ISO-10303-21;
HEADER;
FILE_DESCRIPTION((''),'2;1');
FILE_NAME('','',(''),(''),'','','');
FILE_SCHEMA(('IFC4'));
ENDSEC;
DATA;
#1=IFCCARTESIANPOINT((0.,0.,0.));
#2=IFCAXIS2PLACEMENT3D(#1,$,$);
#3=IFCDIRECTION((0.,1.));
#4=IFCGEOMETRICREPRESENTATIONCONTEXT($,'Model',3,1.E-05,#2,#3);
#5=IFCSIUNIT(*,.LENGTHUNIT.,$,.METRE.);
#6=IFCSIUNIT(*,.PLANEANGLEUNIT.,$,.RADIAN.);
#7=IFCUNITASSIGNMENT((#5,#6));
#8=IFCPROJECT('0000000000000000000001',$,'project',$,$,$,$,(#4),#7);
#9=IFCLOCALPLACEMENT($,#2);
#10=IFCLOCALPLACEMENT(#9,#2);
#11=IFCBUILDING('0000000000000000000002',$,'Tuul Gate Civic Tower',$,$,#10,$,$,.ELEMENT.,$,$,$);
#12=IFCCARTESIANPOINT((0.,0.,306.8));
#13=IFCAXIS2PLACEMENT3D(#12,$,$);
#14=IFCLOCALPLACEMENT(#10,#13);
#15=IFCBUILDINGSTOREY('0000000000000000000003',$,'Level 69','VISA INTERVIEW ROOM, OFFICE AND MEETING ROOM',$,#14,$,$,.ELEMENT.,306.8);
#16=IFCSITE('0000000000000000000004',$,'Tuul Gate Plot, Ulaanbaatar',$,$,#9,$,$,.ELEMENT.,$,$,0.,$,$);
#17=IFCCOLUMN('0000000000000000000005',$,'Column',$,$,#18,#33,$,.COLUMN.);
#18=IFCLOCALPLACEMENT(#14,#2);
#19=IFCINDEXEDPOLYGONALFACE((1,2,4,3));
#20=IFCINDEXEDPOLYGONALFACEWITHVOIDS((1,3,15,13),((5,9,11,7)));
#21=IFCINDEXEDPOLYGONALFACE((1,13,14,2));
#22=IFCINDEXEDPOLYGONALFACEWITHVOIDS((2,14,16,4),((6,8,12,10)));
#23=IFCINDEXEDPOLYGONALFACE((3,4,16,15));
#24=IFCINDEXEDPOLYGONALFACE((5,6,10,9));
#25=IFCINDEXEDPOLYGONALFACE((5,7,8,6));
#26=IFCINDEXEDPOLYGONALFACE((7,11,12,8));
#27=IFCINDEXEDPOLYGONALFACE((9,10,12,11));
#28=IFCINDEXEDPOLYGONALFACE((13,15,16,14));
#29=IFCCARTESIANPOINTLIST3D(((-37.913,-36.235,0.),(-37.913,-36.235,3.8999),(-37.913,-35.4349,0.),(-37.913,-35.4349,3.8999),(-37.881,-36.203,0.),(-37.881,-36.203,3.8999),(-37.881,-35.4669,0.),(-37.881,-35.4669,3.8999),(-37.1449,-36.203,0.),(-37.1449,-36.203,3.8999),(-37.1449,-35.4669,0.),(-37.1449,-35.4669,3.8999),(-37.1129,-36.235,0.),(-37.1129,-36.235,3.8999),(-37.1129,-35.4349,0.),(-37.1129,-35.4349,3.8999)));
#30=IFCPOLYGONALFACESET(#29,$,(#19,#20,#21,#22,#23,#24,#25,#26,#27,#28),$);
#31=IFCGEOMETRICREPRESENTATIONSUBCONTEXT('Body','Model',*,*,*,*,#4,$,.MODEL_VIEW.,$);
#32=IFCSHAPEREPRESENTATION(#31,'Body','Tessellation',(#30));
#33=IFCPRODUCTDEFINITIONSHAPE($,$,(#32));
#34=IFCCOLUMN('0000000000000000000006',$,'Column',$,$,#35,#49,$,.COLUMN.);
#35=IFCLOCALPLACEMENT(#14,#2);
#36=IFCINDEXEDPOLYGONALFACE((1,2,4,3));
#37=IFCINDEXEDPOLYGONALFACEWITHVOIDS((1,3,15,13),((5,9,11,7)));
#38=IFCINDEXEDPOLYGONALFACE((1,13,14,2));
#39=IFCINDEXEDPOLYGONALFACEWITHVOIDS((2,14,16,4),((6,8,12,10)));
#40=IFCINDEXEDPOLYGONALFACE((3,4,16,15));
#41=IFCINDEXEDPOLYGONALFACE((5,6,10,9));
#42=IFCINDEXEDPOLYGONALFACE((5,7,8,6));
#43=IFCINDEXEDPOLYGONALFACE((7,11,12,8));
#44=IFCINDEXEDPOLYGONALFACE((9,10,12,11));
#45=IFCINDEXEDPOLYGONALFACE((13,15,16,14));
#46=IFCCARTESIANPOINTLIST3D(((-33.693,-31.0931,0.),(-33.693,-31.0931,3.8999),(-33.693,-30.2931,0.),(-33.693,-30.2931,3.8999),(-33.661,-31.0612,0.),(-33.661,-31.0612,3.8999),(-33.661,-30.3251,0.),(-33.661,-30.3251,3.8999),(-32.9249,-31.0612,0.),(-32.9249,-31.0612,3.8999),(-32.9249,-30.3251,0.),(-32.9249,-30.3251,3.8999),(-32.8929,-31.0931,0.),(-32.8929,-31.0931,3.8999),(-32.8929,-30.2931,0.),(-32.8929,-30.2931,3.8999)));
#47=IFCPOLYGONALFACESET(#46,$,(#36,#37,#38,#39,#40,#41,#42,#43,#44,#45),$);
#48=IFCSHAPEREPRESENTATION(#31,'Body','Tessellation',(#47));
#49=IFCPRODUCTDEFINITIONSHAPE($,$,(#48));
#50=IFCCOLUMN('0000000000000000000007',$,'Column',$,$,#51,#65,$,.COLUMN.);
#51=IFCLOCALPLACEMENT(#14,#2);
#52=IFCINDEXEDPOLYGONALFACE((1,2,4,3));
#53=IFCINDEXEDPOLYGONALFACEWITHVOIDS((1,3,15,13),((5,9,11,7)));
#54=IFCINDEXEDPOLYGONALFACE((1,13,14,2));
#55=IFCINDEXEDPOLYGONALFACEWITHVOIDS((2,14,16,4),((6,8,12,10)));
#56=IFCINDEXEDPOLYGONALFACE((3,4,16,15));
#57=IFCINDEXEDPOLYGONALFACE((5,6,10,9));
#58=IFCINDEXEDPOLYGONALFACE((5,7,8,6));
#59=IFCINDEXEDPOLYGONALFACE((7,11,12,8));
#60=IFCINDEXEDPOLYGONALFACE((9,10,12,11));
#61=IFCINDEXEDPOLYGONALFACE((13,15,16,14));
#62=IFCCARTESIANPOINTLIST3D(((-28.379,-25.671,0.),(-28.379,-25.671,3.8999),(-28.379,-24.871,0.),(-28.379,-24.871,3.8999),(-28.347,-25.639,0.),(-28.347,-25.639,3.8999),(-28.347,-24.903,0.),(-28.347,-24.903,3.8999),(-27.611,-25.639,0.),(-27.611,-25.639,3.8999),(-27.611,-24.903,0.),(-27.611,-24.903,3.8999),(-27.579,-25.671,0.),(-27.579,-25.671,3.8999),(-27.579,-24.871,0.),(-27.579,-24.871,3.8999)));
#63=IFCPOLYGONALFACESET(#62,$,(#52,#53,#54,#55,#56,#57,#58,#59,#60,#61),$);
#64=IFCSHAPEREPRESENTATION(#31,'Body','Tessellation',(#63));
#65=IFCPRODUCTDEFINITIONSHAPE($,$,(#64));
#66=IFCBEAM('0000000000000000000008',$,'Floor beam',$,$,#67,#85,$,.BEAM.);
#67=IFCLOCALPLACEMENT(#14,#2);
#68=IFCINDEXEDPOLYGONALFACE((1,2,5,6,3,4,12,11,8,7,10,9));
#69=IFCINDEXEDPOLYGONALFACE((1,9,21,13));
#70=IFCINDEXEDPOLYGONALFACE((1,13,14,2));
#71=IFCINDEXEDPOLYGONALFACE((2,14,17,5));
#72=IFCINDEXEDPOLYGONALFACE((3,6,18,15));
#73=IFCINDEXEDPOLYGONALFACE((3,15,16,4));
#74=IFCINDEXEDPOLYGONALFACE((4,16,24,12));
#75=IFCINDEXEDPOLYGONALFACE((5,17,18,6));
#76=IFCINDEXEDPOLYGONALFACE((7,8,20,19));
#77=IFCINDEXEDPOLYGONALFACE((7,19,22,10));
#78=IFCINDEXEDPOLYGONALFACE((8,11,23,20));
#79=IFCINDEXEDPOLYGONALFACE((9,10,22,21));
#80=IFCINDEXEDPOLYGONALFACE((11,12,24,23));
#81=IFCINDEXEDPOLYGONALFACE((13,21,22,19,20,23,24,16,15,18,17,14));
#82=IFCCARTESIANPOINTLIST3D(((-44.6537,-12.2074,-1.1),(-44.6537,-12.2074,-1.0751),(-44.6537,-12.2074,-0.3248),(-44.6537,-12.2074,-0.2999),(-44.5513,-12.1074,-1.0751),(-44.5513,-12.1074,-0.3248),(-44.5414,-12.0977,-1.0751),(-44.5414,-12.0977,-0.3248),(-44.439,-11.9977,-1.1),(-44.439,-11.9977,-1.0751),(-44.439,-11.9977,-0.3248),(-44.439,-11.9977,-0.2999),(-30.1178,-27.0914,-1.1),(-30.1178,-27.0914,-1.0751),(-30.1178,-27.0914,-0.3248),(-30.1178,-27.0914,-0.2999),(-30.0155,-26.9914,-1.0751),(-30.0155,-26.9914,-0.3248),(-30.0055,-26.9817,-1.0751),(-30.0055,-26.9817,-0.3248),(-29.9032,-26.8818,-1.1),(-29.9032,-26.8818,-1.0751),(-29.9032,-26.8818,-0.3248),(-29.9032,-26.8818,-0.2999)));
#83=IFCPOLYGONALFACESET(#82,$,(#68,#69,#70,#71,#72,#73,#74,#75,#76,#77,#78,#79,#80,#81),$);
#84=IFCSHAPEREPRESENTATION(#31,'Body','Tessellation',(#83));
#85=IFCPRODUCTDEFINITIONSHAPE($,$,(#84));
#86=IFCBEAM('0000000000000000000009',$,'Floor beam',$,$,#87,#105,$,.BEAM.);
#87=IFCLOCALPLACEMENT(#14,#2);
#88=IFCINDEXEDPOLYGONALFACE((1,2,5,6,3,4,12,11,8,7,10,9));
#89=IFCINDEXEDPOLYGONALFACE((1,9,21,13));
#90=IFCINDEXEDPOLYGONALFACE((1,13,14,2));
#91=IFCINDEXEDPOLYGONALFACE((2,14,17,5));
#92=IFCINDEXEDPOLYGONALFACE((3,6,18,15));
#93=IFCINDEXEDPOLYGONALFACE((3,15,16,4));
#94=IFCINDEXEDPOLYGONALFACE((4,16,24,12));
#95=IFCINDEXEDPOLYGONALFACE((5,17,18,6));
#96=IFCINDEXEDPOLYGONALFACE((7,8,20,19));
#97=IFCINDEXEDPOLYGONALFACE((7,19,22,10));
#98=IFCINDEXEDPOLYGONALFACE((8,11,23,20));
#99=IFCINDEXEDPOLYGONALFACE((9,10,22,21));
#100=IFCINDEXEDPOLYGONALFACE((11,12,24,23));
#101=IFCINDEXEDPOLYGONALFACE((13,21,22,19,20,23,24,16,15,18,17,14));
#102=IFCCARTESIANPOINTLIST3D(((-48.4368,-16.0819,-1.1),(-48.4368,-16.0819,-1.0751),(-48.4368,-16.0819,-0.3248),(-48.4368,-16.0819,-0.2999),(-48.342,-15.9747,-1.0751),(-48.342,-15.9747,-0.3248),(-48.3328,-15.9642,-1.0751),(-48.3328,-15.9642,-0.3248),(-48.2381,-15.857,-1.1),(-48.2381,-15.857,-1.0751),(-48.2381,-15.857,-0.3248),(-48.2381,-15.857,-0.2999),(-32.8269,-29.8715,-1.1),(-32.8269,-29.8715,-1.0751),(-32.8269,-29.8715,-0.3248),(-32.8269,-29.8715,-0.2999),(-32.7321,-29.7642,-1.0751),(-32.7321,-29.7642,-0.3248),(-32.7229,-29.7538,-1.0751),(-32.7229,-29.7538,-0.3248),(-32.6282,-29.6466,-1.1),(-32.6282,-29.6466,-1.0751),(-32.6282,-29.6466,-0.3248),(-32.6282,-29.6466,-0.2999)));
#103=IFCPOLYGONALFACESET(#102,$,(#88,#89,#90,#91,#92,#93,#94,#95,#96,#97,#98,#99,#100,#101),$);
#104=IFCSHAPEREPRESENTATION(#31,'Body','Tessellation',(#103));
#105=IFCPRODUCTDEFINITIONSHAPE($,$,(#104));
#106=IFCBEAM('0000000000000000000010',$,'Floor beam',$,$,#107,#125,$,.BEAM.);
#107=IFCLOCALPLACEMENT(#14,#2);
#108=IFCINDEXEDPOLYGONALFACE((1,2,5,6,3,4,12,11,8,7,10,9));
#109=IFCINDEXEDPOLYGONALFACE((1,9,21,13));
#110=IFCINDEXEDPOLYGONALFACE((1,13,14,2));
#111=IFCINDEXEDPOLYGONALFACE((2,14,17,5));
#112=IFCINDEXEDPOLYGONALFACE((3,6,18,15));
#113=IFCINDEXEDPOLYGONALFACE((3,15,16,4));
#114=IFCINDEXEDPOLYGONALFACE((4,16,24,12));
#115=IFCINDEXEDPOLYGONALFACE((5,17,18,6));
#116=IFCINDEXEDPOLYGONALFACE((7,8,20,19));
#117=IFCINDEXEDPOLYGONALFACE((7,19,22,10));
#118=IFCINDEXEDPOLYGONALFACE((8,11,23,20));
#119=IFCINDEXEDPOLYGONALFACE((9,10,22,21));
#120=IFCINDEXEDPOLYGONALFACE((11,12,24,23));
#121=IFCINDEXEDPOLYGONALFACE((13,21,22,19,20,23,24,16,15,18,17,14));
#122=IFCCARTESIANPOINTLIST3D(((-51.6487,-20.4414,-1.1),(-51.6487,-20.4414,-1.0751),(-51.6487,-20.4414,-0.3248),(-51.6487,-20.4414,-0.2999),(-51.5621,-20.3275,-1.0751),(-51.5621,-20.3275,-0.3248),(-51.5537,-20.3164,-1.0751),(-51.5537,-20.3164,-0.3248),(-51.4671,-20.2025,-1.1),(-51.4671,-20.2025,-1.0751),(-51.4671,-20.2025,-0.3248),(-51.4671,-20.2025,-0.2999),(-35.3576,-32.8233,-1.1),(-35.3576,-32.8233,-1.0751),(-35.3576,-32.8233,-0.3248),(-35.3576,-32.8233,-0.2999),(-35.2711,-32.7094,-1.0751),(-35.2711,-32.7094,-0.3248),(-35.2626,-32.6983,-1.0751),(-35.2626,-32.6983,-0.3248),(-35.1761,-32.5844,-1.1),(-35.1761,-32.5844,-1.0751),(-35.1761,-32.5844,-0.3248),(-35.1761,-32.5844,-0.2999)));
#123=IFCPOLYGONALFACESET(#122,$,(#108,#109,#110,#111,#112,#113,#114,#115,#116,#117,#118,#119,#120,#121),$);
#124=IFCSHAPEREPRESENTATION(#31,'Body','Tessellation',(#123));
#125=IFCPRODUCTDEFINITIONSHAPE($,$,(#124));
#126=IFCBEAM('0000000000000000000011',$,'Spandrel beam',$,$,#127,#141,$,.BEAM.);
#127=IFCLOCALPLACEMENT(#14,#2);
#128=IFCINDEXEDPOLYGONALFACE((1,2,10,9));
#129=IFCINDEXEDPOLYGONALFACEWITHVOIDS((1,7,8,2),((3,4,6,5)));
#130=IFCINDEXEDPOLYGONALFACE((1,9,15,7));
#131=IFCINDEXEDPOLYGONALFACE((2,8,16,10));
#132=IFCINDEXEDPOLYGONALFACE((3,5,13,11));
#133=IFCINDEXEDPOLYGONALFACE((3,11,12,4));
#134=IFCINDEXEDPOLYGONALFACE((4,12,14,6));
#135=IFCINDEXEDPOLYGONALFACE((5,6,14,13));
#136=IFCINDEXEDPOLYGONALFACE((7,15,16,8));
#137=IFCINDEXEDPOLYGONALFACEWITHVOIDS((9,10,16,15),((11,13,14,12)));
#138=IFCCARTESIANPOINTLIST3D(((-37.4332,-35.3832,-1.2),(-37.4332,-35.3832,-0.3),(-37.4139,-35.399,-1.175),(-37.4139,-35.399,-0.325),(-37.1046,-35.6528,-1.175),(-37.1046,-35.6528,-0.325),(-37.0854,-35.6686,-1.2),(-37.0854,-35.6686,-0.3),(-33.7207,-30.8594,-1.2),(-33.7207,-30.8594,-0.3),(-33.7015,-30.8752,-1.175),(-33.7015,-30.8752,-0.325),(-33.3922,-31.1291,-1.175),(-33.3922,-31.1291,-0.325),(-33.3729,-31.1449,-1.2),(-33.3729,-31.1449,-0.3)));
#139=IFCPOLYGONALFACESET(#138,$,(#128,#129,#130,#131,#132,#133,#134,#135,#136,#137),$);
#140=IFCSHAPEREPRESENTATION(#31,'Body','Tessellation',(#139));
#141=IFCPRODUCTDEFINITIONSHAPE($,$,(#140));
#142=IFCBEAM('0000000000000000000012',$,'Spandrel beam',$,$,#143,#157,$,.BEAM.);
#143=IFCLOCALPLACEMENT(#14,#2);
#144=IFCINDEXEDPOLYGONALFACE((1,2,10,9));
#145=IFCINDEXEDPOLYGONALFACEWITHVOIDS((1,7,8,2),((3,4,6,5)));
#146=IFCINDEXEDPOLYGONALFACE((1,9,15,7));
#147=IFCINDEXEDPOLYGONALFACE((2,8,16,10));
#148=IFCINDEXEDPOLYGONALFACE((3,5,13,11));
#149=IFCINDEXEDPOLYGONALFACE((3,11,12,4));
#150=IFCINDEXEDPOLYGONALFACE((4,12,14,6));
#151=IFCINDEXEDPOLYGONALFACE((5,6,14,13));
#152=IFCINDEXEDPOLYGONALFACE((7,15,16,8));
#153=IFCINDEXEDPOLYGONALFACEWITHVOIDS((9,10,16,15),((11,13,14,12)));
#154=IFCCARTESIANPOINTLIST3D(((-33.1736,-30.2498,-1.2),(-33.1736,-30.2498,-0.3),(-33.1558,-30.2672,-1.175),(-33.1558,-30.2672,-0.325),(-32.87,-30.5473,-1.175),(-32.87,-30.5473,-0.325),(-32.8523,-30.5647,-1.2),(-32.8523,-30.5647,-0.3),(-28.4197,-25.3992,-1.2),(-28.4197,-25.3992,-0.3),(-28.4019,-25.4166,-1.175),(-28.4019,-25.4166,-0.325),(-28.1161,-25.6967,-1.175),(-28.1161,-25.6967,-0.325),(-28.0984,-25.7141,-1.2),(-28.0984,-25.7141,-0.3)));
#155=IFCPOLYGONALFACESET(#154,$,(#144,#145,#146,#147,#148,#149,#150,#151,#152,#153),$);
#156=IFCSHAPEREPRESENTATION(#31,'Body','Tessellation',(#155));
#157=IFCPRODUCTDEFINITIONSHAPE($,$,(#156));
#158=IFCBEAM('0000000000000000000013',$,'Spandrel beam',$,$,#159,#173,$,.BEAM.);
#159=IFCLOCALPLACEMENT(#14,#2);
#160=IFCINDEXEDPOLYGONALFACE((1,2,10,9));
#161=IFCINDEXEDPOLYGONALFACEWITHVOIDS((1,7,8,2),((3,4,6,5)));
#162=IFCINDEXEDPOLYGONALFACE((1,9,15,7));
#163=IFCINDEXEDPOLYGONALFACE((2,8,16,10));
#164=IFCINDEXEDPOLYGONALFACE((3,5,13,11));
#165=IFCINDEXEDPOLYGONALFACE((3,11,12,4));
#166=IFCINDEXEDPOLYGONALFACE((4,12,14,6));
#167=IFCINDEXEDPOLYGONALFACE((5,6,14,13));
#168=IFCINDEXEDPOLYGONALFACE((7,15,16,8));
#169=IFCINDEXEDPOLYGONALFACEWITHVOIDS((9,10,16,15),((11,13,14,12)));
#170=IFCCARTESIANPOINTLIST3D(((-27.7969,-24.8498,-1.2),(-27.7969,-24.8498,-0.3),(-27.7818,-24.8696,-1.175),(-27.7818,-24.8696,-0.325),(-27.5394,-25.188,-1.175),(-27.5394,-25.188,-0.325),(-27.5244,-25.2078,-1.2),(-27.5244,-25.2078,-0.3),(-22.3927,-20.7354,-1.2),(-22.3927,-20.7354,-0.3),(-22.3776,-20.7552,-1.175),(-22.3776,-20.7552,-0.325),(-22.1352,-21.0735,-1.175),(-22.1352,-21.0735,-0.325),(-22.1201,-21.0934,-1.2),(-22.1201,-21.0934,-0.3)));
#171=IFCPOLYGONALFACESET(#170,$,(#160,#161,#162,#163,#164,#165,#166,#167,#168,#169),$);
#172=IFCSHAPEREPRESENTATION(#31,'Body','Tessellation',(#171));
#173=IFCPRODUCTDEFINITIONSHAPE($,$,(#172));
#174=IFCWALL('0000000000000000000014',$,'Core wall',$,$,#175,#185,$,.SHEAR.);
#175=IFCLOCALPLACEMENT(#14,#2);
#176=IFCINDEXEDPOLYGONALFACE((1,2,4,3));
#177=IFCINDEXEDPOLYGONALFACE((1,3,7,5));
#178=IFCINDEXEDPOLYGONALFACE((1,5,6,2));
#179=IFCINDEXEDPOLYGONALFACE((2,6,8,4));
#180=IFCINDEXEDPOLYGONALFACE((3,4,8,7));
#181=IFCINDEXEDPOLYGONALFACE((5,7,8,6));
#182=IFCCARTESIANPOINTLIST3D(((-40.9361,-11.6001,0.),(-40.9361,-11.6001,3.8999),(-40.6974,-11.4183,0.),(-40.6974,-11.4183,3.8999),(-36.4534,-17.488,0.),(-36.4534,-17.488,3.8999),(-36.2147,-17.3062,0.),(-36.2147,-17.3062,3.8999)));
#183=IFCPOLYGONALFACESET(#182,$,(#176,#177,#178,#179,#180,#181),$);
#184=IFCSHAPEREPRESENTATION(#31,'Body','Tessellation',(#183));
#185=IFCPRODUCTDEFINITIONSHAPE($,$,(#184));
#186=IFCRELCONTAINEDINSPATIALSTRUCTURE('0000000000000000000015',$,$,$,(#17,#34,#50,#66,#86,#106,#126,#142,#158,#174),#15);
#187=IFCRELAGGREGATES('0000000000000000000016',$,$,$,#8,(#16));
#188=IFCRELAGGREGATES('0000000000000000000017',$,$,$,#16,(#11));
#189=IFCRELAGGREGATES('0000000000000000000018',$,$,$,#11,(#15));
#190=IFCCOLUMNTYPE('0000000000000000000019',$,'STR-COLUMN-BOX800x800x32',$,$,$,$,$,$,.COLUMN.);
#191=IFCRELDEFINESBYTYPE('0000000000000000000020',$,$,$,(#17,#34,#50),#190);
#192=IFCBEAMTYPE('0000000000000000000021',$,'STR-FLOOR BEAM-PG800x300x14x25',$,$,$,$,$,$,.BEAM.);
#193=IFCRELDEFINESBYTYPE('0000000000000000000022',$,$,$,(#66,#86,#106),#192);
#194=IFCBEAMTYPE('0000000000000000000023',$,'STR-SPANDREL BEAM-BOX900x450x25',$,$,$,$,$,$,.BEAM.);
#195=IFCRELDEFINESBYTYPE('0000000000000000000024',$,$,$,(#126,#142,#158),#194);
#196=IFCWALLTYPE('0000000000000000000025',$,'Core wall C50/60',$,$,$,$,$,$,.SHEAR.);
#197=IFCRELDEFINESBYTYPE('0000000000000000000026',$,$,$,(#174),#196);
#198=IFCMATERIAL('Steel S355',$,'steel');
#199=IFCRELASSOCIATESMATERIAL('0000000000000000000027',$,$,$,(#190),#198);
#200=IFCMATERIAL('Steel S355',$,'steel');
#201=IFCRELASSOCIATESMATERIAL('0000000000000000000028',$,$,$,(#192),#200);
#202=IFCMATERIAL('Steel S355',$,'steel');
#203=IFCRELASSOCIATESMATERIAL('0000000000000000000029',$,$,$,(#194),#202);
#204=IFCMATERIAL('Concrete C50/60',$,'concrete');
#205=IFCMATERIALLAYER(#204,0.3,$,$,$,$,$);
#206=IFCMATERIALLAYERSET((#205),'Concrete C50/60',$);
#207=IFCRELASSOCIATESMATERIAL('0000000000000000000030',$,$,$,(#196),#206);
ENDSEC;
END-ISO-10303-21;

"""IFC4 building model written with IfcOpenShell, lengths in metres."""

from ifc_helpers import new_model, si_unit, direction, frame, frame_2d, origin, origin_2d, place, context, subcontext, project, spatial, rectangle, hollow_rectangle, i_section, extrude, material, layer, layer_set, material_profile, profile_set, type_object, element, save


model = new_model("IFC4")

# Units and contexts
model_context = context("Model", 3, precision=1e-05, world=origin(), true_north=direction((0.0, 1.0)))
body_context = subcontext(model_context, "Body", "Model", "MODEL_VIEW")
ifc_project = project(units=[si_unit("LENGTHUNIT", "METRE"), si_unit("PLANEANGLEUNIT", "RADIAN")], contexts=[model_context])

# Site, building, storey
site_placement = place(None, origin())
site = spatial("IfcSite", under=ifc_project, at=site_placement, Name="Tuul Gate Plot, Ulaanbaatar", CompositionType="ELEMENT", RefElevation=0.0)
building_placement = place(site_placement, origin())
building = spatial("IfcBuilding", under=site, at=building_placement, Name="Tuul Gate Civic Tower", CompositionType="ELEMENT")
storey_placement = place(building_placement, frame((0.0, 0.0, 306.8)))
storey = spatial("IfcBuildingStorey", under=building, at=storey_placement, Name="Level 69", Description="VISA INTERVIEW ROOM, OFFICE AND MEETING ROOM", CompositionType="ELEMENT", Elevation=306.8)

# Columns
ifc_material_1 = material(Name="Steel S355", Category="steel")
ifc_material_profile_1 = material_profile(ifc_material_1, hollow_rectangle(XDim=0.8, YDim=0.8, WallThickness=0.032, at=origin_2d()), Name="BOX800x800x32")
ifc_profile_set_1 = profile_set([ifc_material_profile_1], Name="Steel S355")
column_type = type_object("IfcColumnType", Name="STR-COLUMN-BOX800x800x32", PredefinedType="COLUMN", material=ifc_profile_set_1)
for number, where, z_axis, x_axis, name in (
    (1, (-37.5129, -35.835, 0.0), (0.0, 0.0, 1.0), (1.0, 0.0, 0.0), "Column"),
    (2, (-33.293, -30.6931, 0.0), (0.0, 0.0, 1.0), (1.0, 0.0, 0.0), "Column"),
    (3, (-27.979, -25.271, 0.0), (0.0, 0.0, 1.0), (1.0, 0.0, 0.0), "Column"),
):
    element("IfcColumn", number, at=place(storey_placement, frame(where, z_axis=z_axis, x_axis=x_axis)), inside=storey, type_object=column_type, Name=name, PredefinedType="COLUMN", context=body_context, shape_type="SweptSolid", body=[
        extrude(hollow_rectangle(XDim=0.8, YDim=0.8, WallThickness=0.032, at=origin_2d()), origin(), (0.0, 0.0, 1.0), 3.8999),
    ])

# Beams
ifc_material_2 = material(Name="Steel S355", Category="steel")
ifc_material_profile_2 = material_profile(ifc_material_2, i_section(OverallWidth=0.3, OverallDepth=0.8, WebThickness=0.0139, FlangeThickness=0.0249, at=origin_2d()), Name="PG800x300x14x25")
ifc_profile_set_2 = profile_set([ifc_material_profile_2], Name="Steel S355")
beam_type_1 = type_object("IfcBeamType", Name="STR-FLOOR BEAM-PG800x300x14x25", PredefinedType="BEAM", material=ifc_profile_set_2)
beam_1_placement = place(storey_placement, frame((-30.0105, -26.9866, -0.7), z_axis=(-0.69869, 0.715424, 0.0), x_axis=(-0.715424, -0.69869, 0.0)))
element("IfcBeam", 4, at=beam_1_placement, inside=storey, type_object=beam_type_1, Name="Floor beam", PredefinedType="BEAM", context=body_context, shape_type="SweptSolid", body=[
    extrude(i_section(OverallWidth=0.3, OverallDepth=0.8, WebThickness=0.0139, FlangeThickness=0.0249, at=origin_2d()), origin(), (0.0, 0.0, 1.0), 20.8044),
])
beam_2_placement = place(storey_placement, frame((-32.7275, -29.759, -0.7), z_axis=(-0.749453, 0.662057, 0.0), x_axis=(-0.662057, -0.749453, 0.0)))
element("IfcBeam", 5, at=beam_2_placement, inside=storey, type_object=beam_type_1, Name="Floor beam", PredefinedType="BEAM", context=body_context, shape_type="SweptSolid", body=[
    extrude(i_section(OverallWidth=0.3, OverallDepth=0.8, WebThickness=0.0139, FlangeThickness=0.0249, at=origin_2d()), origin(), (0.0, 0.0, 1.0), 20.8284),
])
beam_3_placement = place(storey_placement, frame((-35.2668, -32.7039, -0.7), z_axis=(-0.796147, 0.605104, 0.0), x_axis=(-0.605104, -0.796147, 0.0)))
element("IfcBeam", 6, at=beam_3_placement, inside=storey, type_object=beam_type_1, Name="Floor beam", PredefinedType="BEAM", context=body_context, shape_type="SweptSolid", body=[
    extrude(i_section(OverallWidth=0.3, OverallDepth=0.8, WebThickness=0.0139, FlangeThickness=0.0249, at=origin_2d()), origin(), (0.0, 0.0, 1.0), 20.4624),
])
ifc_material_3 = material(Name="Steel S355", Category="steel")
ifc_material_profile_3 = material_profile(ifc_material_3, hollow_rectangle(XDim=0.45, YDim=0.8999, WallThickness=0.0249, at=origin_2d()), Name="BOX900x450x25")
ifc_profile_set_3 = profile_set([ifc_material_profile_3], Name="Steel S355")
beam_type_2 = type_object("IfcBeamType", Name="STR-SPANDREL BEAM-BOX900x450x25", PredefinedType="BEAM", material=ifc_profile_set_3)
beam_4_placement = place(storey_placement, frame((-37.2593, -35.5259, -0.75), z_axis=(0.634384, 0.773018, 0.0), x_axis=(-0.773018, 0.634384, 0.0)))
element("IfcBeam", 7, at=beam_4_placement, inside=storey, type_object=beam_type_2, Name="Spandrel beam", PredefinedType="BEAM", context=body_context, shape_type="SweptSolid", body=[
    extrude(hollow_rectangle(XDim=0.45, YDim=0.8999, WallThickness=0.0249, at=origin_2d()), origin(), (0.0, 0.0, 1.0), 5.8521),
])
beam_5_placement = place(storey_placement, frame((-33.0129, -30.4072, -0.75), z_axis=(0.699954, 0.714188, 0.0), x_axis=(-0.714188, 0.699954, 0.0)))
element("IfcBeam", 8, at=beam_5_placement, inside=storey, type_object=beam_type_2, Name="Spandrel beam", PredefinedType="BEAM", context=body_context, shape_type="SweptSolid", body=[
    extrude(hollow_rectangle(XDim=0.45, YDim=0.8999, WallThickness=0.0249, at=origin_2d()), origin(), (0.0, 0.0, 1.0), 6.7917),
])
beam_6_placement = place(storey_placement, frame((-27.6606, -25.0288, -0.75), z_axis=(0.795649, 0.605758, 0.0), x_axis=(-0.605758, 0.795649, 0.0)))
element("IfcBeam", 9, at=beam_6_placement, inside=storey, type_object=beam_type_2, Name="Spandrel beam", PredefinedType="BEAM", context=body_context, shape_type="SweptSolid", body=[
    extrude(hollow_rectangle(XDim=0.45, YDim=0.8999, WallThickness=0.0249, at=origin_2d()), origin(), (0.0, 0.0, 1.0), 6.7922),
])

# Wall
ifc_material_4 = material(Name="Concrete C50/60", Category="concrete")
ifc_layer_1 = layer(ifc_material_4, 0.3)
ifc_layer_set_1 = layer_set([ifc_layer_1], Name="Concrete C50/60")
wall_type_1 = type_object("IfcWallType", Name="Core wall C50/60", PredefinedType="SHEAR", material=ifc_layer_set_1)
wall_1_placement = place(storey_placement, frame((-36.334, -17.3972, 0.0), z_axis=(0.0, 0.0, 1.0), x_axis=(-0.605754, 0.795652, 0.0)))
element("IfcWall", 10, at=wall_1_placement, inside=storey, type_object=wall_type_1, Name="Core wall", PredefinedType="SHEAR", context=body_context, shape_type="SweptSolid", body=[
    extrude(rectangle(XDim=7.4001, YDim=0.3, at=frame_2d((3.7002, 0.0))), origin(), (0.0, 0.0, 1.0), 3.8999),
])

save(model, "model.ifc")
